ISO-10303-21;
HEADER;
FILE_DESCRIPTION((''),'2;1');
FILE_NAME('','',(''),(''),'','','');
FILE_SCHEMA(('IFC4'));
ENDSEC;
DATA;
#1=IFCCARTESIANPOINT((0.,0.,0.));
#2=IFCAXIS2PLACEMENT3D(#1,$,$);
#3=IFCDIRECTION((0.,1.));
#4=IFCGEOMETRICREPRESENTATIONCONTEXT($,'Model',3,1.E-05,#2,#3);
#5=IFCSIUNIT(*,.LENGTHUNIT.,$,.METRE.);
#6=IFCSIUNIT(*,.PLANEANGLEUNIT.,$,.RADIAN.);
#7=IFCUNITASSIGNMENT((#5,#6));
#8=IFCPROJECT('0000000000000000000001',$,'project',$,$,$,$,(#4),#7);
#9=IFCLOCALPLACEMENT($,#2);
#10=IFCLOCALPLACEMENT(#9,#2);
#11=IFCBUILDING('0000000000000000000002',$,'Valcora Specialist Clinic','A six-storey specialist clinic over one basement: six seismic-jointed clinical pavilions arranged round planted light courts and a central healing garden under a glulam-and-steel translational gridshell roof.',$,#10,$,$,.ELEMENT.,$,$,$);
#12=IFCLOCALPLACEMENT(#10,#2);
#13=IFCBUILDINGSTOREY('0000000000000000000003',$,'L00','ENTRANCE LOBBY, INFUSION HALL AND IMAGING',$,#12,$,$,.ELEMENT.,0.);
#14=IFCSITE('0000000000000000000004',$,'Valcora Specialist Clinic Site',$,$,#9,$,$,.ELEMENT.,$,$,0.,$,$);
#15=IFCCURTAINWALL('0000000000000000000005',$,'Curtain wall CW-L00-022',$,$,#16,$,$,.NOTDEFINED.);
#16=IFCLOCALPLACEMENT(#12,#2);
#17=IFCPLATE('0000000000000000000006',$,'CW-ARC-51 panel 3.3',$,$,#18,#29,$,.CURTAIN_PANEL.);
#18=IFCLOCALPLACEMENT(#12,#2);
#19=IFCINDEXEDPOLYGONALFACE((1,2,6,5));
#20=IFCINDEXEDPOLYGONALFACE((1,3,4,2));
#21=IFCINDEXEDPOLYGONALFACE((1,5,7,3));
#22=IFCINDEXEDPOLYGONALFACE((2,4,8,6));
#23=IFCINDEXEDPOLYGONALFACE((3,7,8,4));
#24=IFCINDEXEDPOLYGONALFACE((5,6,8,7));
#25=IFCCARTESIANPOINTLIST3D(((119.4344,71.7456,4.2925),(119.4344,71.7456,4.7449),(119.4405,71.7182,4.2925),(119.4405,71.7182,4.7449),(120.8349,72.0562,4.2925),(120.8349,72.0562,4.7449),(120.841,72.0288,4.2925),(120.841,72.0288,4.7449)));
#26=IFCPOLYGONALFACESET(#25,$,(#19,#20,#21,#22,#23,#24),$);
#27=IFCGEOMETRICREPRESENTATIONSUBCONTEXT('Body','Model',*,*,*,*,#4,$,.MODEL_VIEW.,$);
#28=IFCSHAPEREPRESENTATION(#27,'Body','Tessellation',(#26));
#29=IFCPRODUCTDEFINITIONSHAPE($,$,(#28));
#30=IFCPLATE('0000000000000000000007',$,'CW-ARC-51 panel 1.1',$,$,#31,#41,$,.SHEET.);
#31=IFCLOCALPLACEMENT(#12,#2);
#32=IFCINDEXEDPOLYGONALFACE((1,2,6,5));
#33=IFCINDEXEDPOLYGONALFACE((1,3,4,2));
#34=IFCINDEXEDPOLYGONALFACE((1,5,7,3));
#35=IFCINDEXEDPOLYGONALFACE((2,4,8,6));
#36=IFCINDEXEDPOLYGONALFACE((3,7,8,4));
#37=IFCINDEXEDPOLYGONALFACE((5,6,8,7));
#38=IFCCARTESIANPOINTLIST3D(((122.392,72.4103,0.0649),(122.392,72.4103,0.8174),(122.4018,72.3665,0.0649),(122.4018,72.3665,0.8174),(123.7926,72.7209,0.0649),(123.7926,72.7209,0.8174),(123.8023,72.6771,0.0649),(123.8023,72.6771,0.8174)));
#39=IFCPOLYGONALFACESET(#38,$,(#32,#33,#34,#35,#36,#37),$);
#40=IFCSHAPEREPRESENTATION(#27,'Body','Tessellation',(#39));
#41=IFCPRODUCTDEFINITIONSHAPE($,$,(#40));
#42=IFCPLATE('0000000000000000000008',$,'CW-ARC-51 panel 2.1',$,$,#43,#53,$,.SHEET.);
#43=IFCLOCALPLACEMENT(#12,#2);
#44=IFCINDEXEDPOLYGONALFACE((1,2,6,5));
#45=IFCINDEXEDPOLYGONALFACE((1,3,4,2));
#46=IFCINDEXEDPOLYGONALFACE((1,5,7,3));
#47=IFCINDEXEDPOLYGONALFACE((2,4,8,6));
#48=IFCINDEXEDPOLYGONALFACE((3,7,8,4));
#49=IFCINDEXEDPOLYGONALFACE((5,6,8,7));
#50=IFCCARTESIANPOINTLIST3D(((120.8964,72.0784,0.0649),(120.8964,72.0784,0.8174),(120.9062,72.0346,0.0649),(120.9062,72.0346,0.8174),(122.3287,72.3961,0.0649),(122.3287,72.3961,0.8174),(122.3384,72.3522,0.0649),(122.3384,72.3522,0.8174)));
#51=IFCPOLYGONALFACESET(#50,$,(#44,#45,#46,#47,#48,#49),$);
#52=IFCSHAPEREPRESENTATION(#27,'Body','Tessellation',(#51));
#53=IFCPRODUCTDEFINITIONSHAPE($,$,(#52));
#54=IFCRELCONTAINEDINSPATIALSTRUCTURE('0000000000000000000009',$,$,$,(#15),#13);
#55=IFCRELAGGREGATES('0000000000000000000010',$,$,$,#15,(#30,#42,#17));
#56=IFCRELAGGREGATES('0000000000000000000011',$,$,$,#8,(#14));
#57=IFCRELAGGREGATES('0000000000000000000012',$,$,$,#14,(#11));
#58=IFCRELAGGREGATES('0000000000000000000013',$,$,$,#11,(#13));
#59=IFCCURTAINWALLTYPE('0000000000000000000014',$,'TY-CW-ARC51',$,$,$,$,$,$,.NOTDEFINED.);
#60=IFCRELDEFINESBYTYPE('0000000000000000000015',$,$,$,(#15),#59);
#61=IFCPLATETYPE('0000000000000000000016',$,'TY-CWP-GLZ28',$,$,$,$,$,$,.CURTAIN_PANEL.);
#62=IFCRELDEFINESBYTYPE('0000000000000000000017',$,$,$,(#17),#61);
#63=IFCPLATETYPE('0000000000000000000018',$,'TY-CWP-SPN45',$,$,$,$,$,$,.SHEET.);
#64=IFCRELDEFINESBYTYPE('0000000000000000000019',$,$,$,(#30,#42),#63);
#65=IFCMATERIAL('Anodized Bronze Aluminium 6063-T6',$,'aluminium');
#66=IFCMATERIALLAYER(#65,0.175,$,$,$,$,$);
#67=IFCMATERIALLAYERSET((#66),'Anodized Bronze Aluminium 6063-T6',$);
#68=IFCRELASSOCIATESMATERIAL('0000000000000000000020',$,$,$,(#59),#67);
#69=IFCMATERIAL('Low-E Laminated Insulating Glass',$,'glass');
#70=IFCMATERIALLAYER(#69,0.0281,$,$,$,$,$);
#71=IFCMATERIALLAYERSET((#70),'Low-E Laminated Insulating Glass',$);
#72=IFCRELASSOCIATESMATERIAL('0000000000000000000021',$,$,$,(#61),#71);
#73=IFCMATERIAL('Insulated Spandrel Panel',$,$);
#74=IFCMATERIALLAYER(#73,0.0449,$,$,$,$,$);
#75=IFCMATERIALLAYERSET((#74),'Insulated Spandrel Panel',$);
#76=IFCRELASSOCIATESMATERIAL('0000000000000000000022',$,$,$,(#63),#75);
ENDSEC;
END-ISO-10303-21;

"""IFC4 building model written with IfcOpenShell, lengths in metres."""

from ifc_helpers import new_model, si_unit, direction, frame, origin, origin_2d, place, context, subcontext, project, spatial, rectangle, extrude, material, layer, layer_set, type_object, element, aggregate, save


model = new_model("IFC4")

# Units and contexts
model_context = context("Model", 3, precision=1e-05, world=origin(), true_north=direction((0.0, 1.0)))
body_context = subcontext(model_context, "Body", "Model", "MODEL_VIEW")
ifc_project = project(units=[si_unit("LENGTHUNIT", "METRE"), si_unit("PLANEANGLEUNIT", "RADIAN")], contexts=[model_context])

# Site, building, storey
site_placement = place(None, origin())
site = spatial("IfcSite", under=ifc_project, at=site_placement, Name="Valcora Specialist Clinic Site", CompositionType="ELEMENT", RefElevation=0.0)
building_placement = place(site_placement, origin())
building = spatial("IfcBuilding", under=site, at=building_placement, Name="Valcora Specialist Clinic", Description="A six-storey specialist clinic over one basement: six seismic-jointed clinical pavilions arranged round planted light courts and a central healing garden under a glulam-and-steel translational gridshell roof.", CompositionType="ELEMENT")
storey_placement = place(building_placement, origin())
storey = spatial("IfcBuildingStorey", under=building, at=storey_placement, Name="L00", Description="ENTRANCE LOBBY, INFUSION HALL AND IMAGING", CompositionType="ELEMENT", Elevation=0.0)

# Curtain wall
ifc_material_1 = material(Name="Anodized Bronze Aluminium 6063-T6", Category="aluminium")
ifc_layer_1 = layer(ifc_material_1, 0.175)
ifc_layer_set_1 = layer_set([ifc_layer_1], Name="Anodized Bronze Aluminium 6063-T6")
curtain_wall_type = type_object("IfcCurtainWallType", Name="TY-CW-ARC51", PredefinedType="NOTDEFINED", material=ifc_layer_set_1)
curtain_wall_placement = place(storey_placement, origin())
curtain_wall = element("IfcCurtainWall", 1, at=curtain_wall_placement, inside=storey, type_object=curtain_wall_type, Name="Curtain wall CW-L00-022", PredefinedType="NOTDEFINED")

# Plates
ifc_material_2 = material(Name="Low-E Laminated Insulating Glass", Category="glass")
ifc_layer_2 = layer(ifc_material_2, 0.0281)
ifc_layer_set_2 = layer_set([ifc_layer_2], Name="Low-E Laminated Insulating Glass")
plate_type_1 = type_object("IfcPlateType", Name="TY-CWP-GLZ28", PredefinedType="CURTAIN_PANEL", material=ifc_layer_set_2)
plate_1_placement = place(storey_placement, frame((120.1377, 71.8872, 4.2925), z_axis=(0.0, 0.0, 1.0), x_axis=(-0.976279, -0.216518, 0.0)))
plate_1 = element("IfcPlate", 2, at=plate_1_placement, type_object=plate_type_1, Name="CW-ARC-51 panel 3.3", PredefinedType="CURTAIN_PANEL", context=body_context, shape_type="SweptSolid", body=[
    extrude(rectangle(XDim=1.4346, YDim=0.0281, at=origin_2d()), origin(), (0.0, 0.0, 1.0), 0.4524),
])
ifc_material_3 = material(Name="Insulated Spandrel Panel")
ifc_layer_3 = layer(ifc_material_3, 0.0449)
ifc_layer_set_3 = layer_set([ifc_layer_3], Name="Insulated Spandrel Panel")
plate_type_2 = type_object("IfcPlateType", Name="TY-CWP-SPN45", PredefinedType="SHEET", material=ifc_layer_set_3)
plate_2_placement = place(storey_placement, frame((123.0972, 72.5437, 0.0649), z_axis=(0.0, 0.0, 1.0), x_axis=(-0.976279, -0.216518, 0.0)))
plate_2 = element("IfcPlate", 3, at=plate_2_placement, type_object=plate_type_2, Name="CW-ARC-51 panel 1.1", PredefinedType="SHEET", context=body_context, shape_type="SweptSolid", body=[
    extrude(rectangle(XDim=1.4346, YDim=0.0449, at=origin_2d()), origin(), (0.0, 0.0, 1.0), 0.7524),
])
plate_3_placement = place(storey_placement, frame((121.6174, 72.2153, 0.0649), z_axis=(0.0, 0.0, 1.0), x_axis=(-0.976279, -0.216518, 0.0)))
plate_3 = element("IfcPlate", 4, at=plate_3_placement, type_object=plate_type_2, Name="CW-ARC-51 panel 2.1", PredefinedType="SHEET", context=body_context, shape_type="SweptSolid", body=[
    extrude(rectangle(XDim=1.467, YDim=0.0449, at=origin_2d()), origin(), (0.0, 0.0, 1.0), 0.7524),
])
aggregate(curtain_wall, [plate_2, plate_3, plate_1])

save(model, "model.ifc")
